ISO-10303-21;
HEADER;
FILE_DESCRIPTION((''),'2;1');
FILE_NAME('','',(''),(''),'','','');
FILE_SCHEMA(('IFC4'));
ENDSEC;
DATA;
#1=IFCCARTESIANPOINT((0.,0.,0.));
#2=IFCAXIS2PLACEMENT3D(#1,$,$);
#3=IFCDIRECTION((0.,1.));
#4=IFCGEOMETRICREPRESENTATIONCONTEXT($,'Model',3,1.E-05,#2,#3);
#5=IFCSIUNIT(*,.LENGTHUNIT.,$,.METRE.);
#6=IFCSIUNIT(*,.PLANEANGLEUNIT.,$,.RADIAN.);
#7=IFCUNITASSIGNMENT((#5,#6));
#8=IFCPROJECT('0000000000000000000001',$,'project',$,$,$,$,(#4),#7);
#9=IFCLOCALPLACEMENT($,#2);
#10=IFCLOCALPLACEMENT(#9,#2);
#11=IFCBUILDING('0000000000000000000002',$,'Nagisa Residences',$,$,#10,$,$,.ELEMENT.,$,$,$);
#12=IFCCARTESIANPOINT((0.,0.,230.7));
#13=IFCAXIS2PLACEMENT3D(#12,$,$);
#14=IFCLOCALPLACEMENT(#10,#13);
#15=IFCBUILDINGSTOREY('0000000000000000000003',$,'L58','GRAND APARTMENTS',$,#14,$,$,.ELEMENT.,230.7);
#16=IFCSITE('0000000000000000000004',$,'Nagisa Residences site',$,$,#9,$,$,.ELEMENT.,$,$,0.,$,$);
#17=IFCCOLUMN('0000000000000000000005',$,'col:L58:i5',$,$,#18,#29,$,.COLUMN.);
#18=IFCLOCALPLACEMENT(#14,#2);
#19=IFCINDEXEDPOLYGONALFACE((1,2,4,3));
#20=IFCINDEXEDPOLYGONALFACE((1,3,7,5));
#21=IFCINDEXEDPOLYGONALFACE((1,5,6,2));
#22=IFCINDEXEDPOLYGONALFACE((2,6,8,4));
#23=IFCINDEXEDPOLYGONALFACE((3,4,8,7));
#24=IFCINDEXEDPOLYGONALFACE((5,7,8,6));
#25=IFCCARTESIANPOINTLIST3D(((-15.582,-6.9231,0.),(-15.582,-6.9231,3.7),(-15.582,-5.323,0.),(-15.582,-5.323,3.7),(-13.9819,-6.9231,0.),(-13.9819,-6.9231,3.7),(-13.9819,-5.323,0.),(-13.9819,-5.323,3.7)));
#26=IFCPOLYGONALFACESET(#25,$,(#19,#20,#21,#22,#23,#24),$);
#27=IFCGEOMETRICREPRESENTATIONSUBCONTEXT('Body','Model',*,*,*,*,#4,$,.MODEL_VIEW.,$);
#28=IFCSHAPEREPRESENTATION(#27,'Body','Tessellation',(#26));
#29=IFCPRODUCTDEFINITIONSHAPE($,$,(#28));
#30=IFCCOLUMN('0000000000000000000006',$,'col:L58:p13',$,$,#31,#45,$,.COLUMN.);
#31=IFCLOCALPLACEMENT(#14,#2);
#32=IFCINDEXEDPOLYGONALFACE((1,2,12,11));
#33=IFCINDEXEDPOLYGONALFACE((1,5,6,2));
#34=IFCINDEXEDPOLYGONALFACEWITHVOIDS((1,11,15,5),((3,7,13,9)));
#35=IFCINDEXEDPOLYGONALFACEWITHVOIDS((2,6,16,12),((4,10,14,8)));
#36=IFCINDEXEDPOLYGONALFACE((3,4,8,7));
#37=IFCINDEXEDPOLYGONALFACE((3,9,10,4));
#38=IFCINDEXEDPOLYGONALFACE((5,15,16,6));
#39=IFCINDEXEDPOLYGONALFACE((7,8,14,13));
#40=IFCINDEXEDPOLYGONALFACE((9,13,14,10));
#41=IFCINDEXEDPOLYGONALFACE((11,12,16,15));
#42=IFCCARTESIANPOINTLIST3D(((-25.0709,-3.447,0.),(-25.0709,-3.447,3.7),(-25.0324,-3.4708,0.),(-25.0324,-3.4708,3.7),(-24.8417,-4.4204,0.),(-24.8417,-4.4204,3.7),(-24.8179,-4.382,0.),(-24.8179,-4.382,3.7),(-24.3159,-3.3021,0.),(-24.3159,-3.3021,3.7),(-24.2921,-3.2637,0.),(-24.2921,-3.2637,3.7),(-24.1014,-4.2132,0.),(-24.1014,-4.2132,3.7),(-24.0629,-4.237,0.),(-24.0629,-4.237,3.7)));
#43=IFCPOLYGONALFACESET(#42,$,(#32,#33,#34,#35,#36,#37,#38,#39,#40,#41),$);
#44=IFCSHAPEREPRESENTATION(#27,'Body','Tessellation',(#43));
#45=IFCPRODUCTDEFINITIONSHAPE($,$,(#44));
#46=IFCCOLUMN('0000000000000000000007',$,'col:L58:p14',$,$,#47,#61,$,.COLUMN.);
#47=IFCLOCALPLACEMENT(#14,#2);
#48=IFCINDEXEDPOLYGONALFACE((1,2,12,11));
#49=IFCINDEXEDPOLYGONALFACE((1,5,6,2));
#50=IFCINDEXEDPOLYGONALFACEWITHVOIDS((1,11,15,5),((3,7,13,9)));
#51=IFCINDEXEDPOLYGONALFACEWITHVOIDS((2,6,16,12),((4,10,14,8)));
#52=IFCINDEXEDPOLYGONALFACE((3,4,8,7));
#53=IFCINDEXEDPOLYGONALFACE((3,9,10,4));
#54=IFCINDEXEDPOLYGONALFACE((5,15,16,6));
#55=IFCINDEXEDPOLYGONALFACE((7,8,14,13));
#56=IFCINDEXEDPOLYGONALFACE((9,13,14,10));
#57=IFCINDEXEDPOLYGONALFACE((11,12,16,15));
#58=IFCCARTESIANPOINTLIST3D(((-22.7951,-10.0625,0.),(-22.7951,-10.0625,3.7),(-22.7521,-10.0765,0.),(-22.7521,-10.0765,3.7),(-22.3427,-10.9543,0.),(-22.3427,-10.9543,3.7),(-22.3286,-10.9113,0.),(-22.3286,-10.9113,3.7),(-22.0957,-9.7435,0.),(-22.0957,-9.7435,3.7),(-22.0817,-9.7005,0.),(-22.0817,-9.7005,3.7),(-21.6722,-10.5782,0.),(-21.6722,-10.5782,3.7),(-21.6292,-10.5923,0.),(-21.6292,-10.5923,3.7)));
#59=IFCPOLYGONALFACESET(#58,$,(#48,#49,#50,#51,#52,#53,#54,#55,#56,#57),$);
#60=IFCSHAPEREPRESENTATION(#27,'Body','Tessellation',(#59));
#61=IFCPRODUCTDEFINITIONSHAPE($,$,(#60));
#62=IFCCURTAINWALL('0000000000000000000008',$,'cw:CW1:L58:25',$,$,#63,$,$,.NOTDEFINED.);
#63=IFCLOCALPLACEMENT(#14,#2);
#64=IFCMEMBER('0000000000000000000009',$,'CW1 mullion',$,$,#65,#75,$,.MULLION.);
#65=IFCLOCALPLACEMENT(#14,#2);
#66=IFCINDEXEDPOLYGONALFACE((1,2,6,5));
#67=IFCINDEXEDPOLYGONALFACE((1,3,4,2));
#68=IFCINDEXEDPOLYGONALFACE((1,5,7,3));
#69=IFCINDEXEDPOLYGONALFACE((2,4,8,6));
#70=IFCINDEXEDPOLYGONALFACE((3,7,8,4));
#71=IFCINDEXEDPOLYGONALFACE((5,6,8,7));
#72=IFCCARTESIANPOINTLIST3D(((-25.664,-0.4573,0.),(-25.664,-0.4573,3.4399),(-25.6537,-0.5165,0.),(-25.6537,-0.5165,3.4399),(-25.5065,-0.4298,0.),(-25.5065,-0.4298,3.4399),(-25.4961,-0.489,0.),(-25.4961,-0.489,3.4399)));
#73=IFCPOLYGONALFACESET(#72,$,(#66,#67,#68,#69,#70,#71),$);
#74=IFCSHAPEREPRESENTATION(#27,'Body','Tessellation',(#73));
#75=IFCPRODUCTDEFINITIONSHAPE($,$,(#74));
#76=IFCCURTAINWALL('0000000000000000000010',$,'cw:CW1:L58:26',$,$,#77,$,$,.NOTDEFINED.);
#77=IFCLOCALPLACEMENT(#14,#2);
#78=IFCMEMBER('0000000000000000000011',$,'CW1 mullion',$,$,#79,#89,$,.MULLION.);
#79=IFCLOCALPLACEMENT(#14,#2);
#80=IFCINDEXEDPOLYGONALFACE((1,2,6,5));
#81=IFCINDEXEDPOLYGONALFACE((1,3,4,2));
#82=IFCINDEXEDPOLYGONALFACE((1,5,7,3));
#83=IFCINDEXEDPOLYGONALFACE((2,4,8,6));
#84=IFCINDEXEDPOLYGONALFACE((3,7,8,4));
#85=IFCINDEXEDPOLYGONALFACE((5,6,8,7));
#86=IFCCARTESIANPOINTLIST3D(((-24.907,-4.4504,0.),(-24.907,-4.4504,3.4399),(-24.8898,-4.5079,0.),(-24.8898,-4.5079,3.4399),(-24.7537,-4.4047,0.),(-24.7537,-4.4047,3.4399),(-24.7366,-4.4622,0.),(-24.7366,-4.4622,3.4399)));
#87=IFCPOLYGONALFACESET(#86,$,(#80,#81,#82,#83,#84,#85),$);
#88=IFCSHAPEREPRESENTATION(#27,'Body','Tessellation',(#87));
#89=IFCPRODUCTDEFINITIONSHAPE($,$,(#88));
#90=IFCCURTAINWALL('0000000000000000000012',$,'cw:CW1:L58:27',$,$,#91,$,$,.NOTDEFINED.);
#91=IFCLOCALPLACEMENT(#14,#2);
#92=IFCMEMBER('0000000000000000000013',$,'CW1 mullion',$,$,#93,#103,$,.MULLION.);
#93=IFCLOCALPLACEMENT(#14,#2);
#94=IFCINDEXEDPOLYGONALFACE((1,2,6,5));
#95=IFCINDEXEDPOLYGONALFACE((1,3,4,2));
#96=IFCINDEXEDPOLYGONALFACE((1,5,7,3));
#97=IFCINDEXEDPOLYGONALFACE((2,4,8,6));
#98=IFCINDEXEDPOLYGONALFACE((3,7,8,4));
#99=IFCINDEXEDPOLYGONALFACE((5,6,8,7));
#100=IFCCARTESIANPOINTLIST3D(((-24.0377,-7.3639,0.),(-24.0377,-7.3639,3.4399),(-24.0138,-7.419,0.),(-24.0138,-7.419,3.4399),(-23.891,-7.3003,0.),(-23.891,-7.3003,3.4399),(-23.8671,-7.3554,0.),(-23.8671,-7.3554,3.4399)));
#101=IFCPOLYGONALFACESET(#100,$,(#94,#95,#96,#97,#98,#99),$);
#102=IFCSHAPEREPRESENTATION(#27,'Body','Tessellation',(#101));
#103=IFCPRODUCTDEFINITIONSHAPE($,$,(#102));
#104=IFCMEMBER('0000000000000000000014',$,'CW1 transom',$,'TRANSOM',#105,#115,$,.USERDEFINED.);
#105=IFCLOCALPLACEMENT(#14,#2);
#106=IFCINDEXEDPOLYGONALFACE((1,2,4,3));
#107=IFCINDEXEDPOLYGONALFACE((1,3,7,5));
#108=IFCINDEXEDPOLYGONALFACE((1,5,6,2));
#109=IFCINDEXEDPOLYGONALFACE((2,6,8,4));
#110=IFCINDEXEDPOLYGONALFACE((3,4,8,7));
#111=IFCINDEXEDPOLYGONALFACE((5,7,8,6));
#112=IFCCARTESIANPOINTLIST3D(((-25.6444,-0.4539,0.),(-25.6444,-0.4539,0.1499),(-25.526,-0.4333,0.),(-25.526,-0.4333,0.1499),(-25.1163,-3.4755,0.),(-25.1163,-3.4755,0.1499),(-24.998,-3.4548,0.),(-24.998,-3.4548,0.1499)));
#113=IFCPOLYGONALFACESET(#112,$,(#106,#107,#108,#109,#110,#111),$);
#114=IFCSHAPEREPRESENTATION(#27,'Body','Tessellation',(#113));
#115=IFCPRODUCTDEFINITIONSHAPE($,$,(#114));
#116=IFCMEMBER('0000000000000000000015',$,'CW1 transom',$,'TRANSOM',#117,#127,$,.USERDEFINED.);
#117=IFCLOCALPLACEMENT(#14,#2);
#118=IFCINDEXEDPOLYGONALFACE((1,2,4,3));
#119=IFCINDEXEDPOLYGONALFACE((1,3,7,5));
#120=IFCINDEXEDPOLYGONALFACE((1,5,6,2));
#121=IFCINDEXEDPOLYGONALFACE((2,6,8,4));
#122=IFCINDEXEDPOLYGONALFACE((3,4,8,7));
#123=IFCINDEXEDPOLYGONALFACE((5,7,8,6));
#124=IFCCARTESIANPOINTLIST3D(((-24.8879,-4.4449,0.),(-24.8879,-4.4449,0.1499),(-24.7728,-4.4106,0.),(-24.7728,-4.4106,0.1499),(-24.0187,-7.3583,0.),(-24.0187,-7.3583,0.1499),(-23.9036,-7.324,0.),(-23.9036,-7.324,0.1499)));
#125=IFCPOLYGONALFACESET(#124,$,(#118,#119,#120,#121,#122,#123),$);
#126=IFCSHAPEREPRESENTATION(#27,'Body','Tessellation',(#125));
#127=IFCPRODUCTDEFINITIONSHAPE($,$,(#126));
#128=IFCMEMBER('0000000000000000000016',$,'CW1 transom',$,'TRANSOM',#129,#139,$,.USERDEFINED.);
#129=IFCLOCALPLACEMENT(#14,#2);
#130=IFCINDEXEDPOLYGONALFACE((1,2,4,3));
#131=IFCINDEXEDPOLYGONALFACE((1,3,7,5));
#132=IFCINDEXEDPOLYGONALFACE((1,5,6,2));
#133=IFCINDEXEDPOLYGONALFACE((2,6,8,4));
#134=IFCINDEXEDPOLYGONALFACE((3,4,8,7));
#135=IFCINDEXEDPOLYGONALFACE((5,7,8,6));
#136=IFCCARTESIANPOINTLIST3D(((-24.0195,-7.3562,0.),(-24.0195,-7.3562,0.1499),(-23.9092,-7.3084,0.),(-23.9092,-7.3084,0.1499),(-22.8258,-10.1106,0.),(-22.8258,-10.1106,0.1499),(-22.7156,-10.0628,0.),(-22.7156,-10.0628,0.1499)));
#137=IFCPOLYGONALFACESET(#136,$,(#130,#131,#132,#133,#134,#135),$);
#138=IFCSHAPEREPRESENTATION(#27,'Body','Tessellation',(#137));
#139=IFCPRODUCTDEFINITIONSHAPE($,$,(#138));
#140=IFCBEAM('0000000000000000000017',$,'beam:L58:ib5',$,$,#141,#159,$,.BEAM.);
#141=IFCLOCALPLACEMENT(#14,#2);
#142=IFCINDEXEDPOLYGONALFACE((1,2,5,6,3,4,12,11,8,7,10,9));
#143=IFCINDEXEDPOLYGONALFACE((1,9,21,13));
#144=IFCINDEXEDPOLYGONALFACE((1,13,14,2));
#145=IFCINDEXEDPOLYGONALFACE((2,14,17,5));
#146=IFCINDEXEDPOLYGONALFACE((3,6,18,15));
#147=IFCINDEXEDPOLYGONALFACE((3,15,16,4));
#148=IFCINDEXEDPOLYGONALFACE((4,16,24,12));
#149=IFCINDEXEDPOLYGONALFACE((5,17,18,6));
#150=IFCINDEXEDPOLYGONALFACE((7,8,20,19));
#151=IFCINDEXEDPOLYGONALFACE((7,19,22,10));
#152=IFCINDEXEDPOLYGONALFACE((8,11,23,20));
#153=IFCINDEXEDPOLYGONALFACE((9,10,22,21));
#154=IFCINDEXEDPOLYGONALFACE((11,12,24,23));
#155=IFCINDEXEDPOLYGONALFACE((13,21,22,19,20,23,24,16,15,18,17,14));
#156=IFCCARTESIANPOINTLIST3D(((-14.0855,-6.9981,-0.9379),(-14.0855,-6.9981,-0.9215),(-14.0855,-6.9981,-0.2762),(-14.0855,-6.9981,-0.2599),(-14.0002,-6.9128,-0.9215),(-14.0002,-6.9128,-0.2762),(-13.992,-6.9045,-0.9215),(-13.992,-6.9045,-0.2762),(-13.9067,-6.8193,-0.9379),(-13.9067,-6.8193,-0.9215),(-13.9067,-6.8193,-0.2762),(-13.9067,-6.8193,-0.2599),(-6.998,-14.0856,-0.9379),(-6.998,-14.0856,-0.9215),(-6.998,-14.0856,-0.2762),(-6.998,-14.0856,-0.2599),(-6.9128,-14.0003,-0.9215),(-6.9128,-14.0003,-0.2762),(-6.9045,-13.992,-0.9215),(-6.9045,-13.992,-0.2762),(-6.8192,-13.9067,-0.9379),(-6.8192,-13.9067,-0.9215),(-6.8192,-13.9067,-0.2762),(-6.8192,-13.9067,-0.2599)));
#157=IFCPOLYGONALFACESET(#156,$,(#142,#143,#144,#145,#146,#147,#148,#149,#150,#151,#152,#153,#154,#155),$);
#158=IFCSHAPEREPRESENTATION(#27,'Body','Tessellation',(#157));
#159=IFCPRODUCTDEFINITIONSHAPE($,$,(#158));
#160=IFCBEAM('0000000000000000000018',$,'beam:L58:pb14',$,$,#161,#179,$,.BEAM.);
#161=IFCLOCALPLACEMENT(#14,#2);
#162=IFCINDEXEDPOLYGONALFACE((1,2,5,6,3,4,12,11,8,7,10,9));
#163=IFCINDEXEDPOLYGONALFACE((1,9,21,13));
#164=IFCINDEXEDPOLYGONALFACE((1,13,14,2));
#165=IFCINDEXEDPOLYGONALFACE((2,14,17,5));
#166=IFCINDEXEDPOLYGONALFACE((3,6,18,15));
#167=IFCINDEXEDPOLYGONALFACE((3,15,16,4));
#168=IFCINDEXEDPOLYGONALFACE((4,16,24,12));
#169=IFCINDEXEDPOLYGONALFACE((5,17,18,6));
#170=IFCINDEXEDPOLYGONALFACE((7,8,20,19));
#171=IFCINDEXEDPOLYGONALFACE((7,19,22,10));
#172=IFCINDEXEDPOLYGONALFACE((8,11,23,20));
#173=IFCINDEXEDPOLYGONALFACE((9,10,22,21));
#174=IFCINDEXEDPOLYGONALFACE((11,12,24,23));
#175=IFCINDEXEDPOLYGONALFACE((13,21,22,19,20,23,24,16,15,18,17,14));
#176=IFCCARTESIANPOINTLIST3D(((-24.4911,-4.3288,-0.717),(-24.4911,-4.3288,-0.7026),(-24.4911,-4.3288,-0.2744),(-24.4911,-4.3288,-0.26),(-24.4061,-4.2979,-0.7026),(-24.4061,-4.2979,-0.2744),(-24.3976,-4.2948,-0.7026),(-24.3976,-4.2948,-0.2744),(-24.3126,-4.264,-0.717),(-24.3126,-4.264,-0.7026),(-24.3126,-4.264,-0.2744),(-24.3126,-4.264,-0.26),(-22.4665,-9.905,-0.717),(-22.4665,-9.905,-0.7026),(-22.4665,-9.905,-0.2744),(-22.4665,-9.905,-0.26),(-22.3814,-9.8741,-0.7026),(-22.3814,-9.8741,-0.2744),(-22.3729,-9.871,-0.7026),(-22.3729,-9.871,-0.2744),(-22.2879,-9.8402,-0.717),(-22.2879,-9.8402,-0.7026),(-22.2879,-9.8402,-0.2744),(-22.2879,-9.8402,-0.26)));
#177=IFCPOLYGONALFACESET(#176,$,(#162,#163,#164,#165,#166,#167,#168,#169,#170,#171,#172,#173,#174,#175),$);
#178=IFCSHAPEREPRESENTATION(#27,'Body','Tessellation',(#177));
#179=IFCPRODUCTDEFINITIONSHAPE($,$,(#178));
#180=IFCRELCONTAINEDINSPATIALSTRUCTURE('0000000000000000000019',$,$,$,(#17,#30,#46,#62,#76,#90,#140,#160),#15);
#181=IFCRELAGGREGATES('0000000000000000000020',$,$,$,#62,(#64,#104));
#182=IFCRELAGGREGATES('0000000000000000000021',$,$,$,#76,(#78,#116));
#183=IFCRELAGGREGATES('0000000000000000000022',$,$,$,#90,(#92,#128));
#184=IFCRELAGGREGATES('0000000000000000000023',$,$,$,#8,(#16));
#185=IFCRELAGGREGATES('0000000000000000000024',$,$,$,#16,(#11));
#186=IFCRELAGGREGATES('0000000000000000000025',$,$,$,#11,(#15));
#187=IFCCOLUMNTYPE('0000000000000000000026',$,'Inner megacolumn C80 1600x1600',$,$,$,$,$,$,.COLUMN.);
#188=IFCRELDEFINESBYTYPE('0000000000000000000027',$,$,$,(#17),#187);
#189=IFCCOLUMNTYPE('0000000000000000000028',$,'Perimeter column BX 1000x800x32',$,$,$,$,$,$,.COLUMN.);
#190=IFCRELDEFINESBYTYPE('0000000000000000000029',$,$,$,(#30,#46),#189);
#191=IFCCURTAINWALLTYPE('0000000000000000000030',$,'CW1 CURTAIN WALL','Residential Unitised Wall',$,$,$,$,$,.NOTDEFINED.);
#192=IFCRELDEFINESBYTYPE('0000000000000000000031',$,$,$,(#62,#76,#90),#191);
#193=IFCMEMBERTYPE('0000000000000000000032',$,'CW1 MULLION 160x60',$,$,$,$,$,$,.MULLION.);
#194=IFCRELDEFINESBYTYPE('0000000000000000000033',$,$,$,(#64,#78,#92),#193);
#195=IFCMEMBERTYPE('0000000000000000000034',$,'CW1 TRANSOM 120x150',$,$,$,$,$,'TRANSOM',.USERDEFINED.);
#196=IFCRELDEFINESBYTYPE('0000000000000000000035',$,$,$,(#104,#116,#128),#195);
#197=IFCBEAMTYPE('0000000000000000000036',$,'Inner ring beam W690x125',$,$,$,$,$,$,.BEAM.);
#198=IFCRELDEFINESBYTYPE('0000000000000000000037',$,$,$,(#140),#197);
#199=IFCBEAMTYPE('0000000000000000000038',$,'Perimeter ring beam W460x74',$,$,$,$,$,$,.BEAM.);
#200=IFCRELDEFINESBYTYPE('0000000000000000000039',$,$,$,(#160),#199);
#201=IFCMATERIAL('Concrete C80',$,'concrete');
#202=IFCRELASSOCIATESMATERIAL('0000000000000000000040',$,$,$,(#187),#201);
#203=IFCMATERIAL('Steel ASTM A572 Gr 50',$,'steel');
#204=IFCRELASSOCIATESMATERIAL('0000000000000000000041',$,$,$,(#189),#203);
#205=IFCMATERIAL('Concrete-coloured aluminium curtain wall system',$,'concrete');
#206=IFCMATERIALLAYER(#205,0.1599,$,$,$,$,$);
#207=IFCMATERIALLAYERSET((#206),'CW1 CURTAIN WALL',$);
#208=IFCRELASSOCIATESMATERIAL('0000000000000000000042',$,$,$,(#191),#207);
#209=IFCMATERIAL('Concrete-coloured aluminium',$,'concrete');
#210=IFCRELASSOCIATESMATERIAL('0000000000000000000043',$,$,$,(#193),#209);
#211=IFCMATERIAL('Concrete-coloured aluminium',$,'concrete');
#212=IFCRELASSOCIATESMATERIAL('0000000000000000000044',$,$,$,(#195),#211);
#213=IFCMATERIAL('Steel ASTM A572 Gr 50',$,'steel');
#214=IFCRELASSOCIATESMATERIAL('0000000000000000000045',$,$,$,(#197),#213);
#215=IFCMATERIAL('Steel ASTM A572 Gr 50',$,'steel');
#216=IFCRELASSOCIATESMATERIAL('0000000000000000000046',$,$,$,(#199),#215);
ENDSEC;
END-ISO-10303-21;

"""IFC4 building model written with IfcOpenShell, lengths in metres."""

from ifc_helpers import new_model, si_unit, direction, frame, origin, origin_2d, place, context, subcontext, project, spatial, rectangle, hollow_rectangle, i_section, extrude, material, layer, layer_set, material_profile, profile_set, type_object, element, aggregate, save


model = new_model("IFC4")

# Units and contexts
model_context = context("Model", 3, precision=1e-05, world=origin(), true_north=direction((0.0, 1.0)))
body_context = subcontext(model_context, "Body", "Model", "MODEL_VIEW")
ifc_project = project(units=[si_unit("LENGTHUNIT", "METRE"), si_unit("PLANEANGLEUNIT", "RADIAN")], contexts=[model_context])

# Site, building, storey
site_placement = place(None, origin())
site = spatial("IfcSite", under=ifc_project, at=site_placement, Name="Nagisa Residences site", CompositionType="ELEMENT", RefElevation=0.0)
building_placement = place(site_placement, origin())
building = spatial("IfcBuilding", under=site, at=building_placement, Name="Nagisa Residences", CompositionType="ELEMENT")
storey_placement = place(building_placement, frame((0.0, 0.0, 230.7)))
storey = spatial("IfcBuildingStorey", under=building, at=storey_placement, Name="L58", Description="GRAND APARTMENTS", CompositionType="ELEMENT", Elevation=230.7)

# Columns
ifc_material_1 = material(Name="Concrete C80", Category="concrete")
ifc_material_profile_1 = material_profile(ifc_material_1, rectangle(XDim=1.6001, YDim=1.6001, at=origin_2d()), Name="C80 1600x1600")
ifc_profile_set_1 = profile_set([ifc_material_profile_1], Name="Concrete C80")
column_type_1 = type_object("IfcColumnType", Name="Inner megacolumn C80 1600x1600", PredefinedType="COLUMN", material=ifc_profile_set_1)
column_placement = place(storey_placement, frame((-14.782, -6.123, 0.0), z_axis=(0.0, 0.0, 1.0), x_axis=(1.0, 0.0, 0.0)))
element("IfcColumn", 1, at=column_placement, inside=storey, type_object=column_type_1, Name="col:L58:i5", PredefinedType="COLUMN", context=body_context, shape_type="SweptSolid", body=[
    extrude(rectangle(XDim=1.6001, YDim=1.6001, at=origin_2d()), origin(), (0.0, 0.0, 1.0), 3.7),
])
ifc_material_2 = material(Name="Steel ASTM A572 Gr 50", Category="steel")
ifc_material_profile_2 = material_profile(ifc_material_2, hollow_rectangle(XDim=1.0, YDim=0.8, WallThickness=0.032, at=origin_2d()), Name="BX 1000x800x32")
ifc_profile_set_2 = profile_set([ifc_material_profile_2], Name="Steel ASTM A572 Gr 50")
column_type_2 = type_object("IfcColumnType", Name="Perimeter column BX 1000x800x32", PredefinedType="COLUMN", material=ifc_profile_set_2)
for number, where, z_axis, x_axis, name in (
    (2, (-24.5669, -3.842, 0.0), (0.0, 0.0, 1.0), (0.229202, -0.973379, 0.0), "col:L58:p13"),
    (3, (-22.2122, -10.3274, 0.0), (0.0, 0.0, 1.0), (0.452463, -0.891783, 0.0), "col:L58:p14"),
):
    element("IfcColumn", number, at=place(storey_placement, frame(where, z_axis=z_axis, x_axis=x_axis)), inside=storey, type_object=column_type_2, Name=name, PredefinedType="COLUMN", context=body_context, shape_type="SweptSolid", body=[
        extrude(hollow_rectangle(XDim=1.0, YDim=0.8, WallThickness=0.032, at=origin_2d()), origin(), (0.0, 0.0, 1.0), 3.7),
    ])

# Curtain walls, members
ifc_material_3 = material(Name="Concrete-coloured aluminium curtain wall system", Category="concrete")
ifc_layer_1 = layer(ifc_material_3, 0.1599)
ifc_layer_set_1 = layer_set([ifc_layer_1], Name="CW1 CURTAIN WALL")
curtain_wall_type = type_object("IfcCurtainWallType", Name="CW1 CURTAIN WALL", Description="Residential Unitised Wall", PredefinedType="NOTDEFINED", material=ifc_layer_set_1)
curtain_wall_1_placement = place(storey_placement, origin())
curtain_wall_1 = element("IfcCurtainWall", 4, at=curtain_wall_1_placement, inside=storey, type_object=curtain_wall_type, Name="cw:CW1:L58:25", PredefinedType="NOTDEFINED")
ifc_material_4 = material(Name="Concrete-coloured aluminium", Category="concrete")
ifc_material_profile_3 = material_profile(ifc_material_4, rectangle(XDim=0.1599, YDim=0.0601, at=origin_2d()), Name="CW1 MULLION 160x60")
ifc_profile_set_3 = profile_set([ifc_material_profile_3], Name="Concrete-coloured aluminium")
member_type_1 = type_object("IfcMemberType", Name="CW1 MULLION 160x60", PredefinedType="MULLION", material=ifc_profile_set_3)
member_1_placement = place(storey_placement, frame((-25.5801, -0.4731, 0.0), z_axis=(0.0, 0.0, 1.0), x_axis=(0.985064, 0.172191, 0.0)))
member_1 = element("IfcMember", 5, at=member_1_placement, type_object=member_type_1, Name="CW1 mullion", PredefinedType="MULLION", context=body_context, shape_type="SweptSolid", body=[
    extrude(rectangle(XDim=0.1599, YDim=0.0601, at=origin_2d()), origin(), (0.0, 0.0, 1.0), 3.4399),
])
curtain_wall_2_placement = place(storey_placement, origin())
curtain_wall_2 = element("IfcCurtainWall", 6, at=curtain_wall_2_placement, inside=storey, type_object=curtain_wall_type, Name="cw:CW1:L58:26", PredefinedType="NOTDEFINED")
member_2_placement = place(storey_placement, frame((-24.8218, -4.4563, 0.0), z_axis=(0.0, 0.0, 1.0), x_axis=(0.958271, 0.28586, 0.0)))
member_2 = element("IfcMember", 7, at=member_2_placement, type_object=member_type_1, Name="CW1 mullion", PredefinedType="MULLION", context=body_context, shape_type="SweptSolid", body=[
    extrude(rectangle(XDim=0.1599, YDim=0.0601, at=origin_2d()), origin(), (0.0, 0.0, 1.0), 3.4399),
])
curtain_wall_3_placement = place(storey_placement, origin())
curtain_wall_3 = element("IfcCurtainWall", 8, at=curtain_wall_3_placement, inside=storey, type_object=curtain_wall_type, Name="cw:CW1:L58:27", PredefinedType="NOTDEFINED")
member_3_placement = place(storey_placement, frame((-23.9524, -7.3596, 0.0), z_axis=(0.0, 0.0, 1.0), x_axis=(0.917543, 0.397636, 0.0)))
member_3 = element("IfcMember", 9, at=member_3_placement, type_object=member_type_1, Name="CW1 mullion", PredefinedType="MULLION", context=body_context, shape_type="SweptSolid", body=[
    extrude(rectangle(XDim=0.1599, YDim=0.0601, at=origin_2d()), origin(), (0.0, 0.0, 1.0), 3.4399),
])

# Members
ifc_material_5 = material(Name="Concrete-coloured aluminium", Category="concrete")
ifc_material_profile_4 = material_profile(ifc_material_5, rectangle(XDim=0.1201, YDim=0.1499, at=origin_2d()), Name="CW1 TRANSOM 120x150")
ifc_profile_set_4 = profile_set([ifc_material_profile_4], Name="Concrete-coloured aluminium")
member_type_2 = type_object("IfcMemberType", Name="CW1 TRANSOM 120x150", ElementType="TRANSOM", PredefinedType="USERDEFINED", material=ifc_profile_set_4)
member_4_placement = place(storey_placement, frame((-25.5852, -0.4436, 0.075), z_axis=(0.172164, -0.985068, 0.0), x_axis=(0.985068, 0.172164, 0.0)))
member_4 = element("IfcMember", 10, at=member_4_placement, type_object=member_type_2, Name="CW1 transom", ObjectType="TRANSOM", PredefinedType="USERDEFINED", context=body_context, shape_type="SweptSolid", body=[
    extrude(rectangle(XDim=0.1201, YDim=0.1499, at=origin_2d()), origin(), (0.0, 0.0, 1.0), 3.0674),
])
member_5_placement = place(storey_placement, frame((-24.8303, -4.4277, 0.075), z_axis=(0.285881, -0.958265, 0.0), x_axis=(0.958265, 0.285881, 0.0)))
member_5 = element("IfcMember", 11, at=member_5_placement, type_object=member_type_2, Name="CW1 transom", ObjectType="TRANSOM", PredefinedType="USERDEFINED", context=body_context, shape_type="SweptSolid", body=[
    extrude(rectangle(XDim=0.1201, YDim=0.1499, at=origin_2d()), origin(), (0.0, 0.0, 1.0), 3.0403),
])
member_6_placement = place(storey_placement, frame((-23.9644, -7.3323, 0.075), z_axis=(0.397617, -0.917552, 0.0), x_axis=(0.917552, 0.397617, 0.0)))
member_6 = element("IfcMember", 12, at=member_6_placement, type_object=member_type_2, Name="CW1 transom", ObjectType="TRANSOM", PredefinedType="USERDEFINED", context=body_context, shape_type="SweptSolid", body=[
    extrude(rectangle(XDim=0.1201, YDim=0.1499, at=origin_2d()), origin(), (0.0, 0.0, 1.0), 3.002),
])

# Beams
ifc_material_6 = material(Name="Steel ASTM A572 Gr 50", Category="steel")
ifc_material_profile_5 = material_profile(ifc_material_6, i_section(OverallWidth=0.2529, OverallDepth=0.678, WebThickness=0.0117, FlangeThickness=0.0164, at=origin_2d()), Name="W690x125")
ifc_profile_set_5 = profile_set([ifc_material_profile_5], Name="Steel ASTM A572 Gr 50")
beam_type_1 = type_object("IfcBeamType", Name="Inner ring beam W690x125", PredefinedType="BEAM", material=ifc_profile_set_5)
beam_1_placement = place(storey_placement, frame((-13.9961, -6.9087, -0.5989), z_axis=(0.707107, -0.707107, 0.0), x_axis=(0.707107, 0.707107, 0.0)))
element("IfcBeam", 13, at=beam_1_placement, inside=storey, type_object=beam_type_1, Name="beam:L58:ib5", PredefinedType="BEAM", context=body_context, shape_type="SweptSolid", body=[
    extrude(i_section(OverallWidth=0.2529, OverallDepth=0.678, WebThickness=0.0117, FlangeThickness=0.0164, at=origin_2d()), origin(), (0.0, 0.0, 1.0), 10.0232),
])
ifc_material_7 = material(Name="Steel ASTM A572 Gr 50", Category="steel")
ifc_material_profile_6 = material_profile(ifc_material_7, i_section(OverallWidth=0.1899, OverallDepth=0.457, WebThickness=0.009, FlangeThickness=0.0144, at=origin_2d()), Name="W460x74")
ifc_profile_set_6 = profile_set([ifc_material_profile_6], Name="Steel ASTM A572 Gr 50")
beam_type_2 = type_object("IfcBeamType", Name="Perimeter ring beam W460x74", PredefinedType="BEAM", material=ifc_profile_set_6)
beam_2_placement = place(storey_placement, frame((-24.4019, -4.2964, -0.4885), z_axis=(0.34129, -0.939958, 0.0), x_axis=(0.939958, 0.34129, 0.0)))
element("IfcBeam", 14, at=beam_2_placement, inside=storey, type_object=beam_type_2, Name="beam:L58:pb14", PredefinedType="BEAM", context=body_context, shape_type="SweptSolid", body=[
    extrude(i_section(OverallWidth=0.1899, OverallDepth=0.457, WebThickness=0.009, FlangeThickness=0.0144, at=origin_2d()), origin(), (0.0, 0.0, 1.0), 5.9324),
])

aggregate(curtain_wall_1, [member_1, member_4])
aggregate(curtain_wall_2, [member_2, member_5])
aggregate(curtain_wall_3, [member_3, member_6])

save(model, "model.ifc")
